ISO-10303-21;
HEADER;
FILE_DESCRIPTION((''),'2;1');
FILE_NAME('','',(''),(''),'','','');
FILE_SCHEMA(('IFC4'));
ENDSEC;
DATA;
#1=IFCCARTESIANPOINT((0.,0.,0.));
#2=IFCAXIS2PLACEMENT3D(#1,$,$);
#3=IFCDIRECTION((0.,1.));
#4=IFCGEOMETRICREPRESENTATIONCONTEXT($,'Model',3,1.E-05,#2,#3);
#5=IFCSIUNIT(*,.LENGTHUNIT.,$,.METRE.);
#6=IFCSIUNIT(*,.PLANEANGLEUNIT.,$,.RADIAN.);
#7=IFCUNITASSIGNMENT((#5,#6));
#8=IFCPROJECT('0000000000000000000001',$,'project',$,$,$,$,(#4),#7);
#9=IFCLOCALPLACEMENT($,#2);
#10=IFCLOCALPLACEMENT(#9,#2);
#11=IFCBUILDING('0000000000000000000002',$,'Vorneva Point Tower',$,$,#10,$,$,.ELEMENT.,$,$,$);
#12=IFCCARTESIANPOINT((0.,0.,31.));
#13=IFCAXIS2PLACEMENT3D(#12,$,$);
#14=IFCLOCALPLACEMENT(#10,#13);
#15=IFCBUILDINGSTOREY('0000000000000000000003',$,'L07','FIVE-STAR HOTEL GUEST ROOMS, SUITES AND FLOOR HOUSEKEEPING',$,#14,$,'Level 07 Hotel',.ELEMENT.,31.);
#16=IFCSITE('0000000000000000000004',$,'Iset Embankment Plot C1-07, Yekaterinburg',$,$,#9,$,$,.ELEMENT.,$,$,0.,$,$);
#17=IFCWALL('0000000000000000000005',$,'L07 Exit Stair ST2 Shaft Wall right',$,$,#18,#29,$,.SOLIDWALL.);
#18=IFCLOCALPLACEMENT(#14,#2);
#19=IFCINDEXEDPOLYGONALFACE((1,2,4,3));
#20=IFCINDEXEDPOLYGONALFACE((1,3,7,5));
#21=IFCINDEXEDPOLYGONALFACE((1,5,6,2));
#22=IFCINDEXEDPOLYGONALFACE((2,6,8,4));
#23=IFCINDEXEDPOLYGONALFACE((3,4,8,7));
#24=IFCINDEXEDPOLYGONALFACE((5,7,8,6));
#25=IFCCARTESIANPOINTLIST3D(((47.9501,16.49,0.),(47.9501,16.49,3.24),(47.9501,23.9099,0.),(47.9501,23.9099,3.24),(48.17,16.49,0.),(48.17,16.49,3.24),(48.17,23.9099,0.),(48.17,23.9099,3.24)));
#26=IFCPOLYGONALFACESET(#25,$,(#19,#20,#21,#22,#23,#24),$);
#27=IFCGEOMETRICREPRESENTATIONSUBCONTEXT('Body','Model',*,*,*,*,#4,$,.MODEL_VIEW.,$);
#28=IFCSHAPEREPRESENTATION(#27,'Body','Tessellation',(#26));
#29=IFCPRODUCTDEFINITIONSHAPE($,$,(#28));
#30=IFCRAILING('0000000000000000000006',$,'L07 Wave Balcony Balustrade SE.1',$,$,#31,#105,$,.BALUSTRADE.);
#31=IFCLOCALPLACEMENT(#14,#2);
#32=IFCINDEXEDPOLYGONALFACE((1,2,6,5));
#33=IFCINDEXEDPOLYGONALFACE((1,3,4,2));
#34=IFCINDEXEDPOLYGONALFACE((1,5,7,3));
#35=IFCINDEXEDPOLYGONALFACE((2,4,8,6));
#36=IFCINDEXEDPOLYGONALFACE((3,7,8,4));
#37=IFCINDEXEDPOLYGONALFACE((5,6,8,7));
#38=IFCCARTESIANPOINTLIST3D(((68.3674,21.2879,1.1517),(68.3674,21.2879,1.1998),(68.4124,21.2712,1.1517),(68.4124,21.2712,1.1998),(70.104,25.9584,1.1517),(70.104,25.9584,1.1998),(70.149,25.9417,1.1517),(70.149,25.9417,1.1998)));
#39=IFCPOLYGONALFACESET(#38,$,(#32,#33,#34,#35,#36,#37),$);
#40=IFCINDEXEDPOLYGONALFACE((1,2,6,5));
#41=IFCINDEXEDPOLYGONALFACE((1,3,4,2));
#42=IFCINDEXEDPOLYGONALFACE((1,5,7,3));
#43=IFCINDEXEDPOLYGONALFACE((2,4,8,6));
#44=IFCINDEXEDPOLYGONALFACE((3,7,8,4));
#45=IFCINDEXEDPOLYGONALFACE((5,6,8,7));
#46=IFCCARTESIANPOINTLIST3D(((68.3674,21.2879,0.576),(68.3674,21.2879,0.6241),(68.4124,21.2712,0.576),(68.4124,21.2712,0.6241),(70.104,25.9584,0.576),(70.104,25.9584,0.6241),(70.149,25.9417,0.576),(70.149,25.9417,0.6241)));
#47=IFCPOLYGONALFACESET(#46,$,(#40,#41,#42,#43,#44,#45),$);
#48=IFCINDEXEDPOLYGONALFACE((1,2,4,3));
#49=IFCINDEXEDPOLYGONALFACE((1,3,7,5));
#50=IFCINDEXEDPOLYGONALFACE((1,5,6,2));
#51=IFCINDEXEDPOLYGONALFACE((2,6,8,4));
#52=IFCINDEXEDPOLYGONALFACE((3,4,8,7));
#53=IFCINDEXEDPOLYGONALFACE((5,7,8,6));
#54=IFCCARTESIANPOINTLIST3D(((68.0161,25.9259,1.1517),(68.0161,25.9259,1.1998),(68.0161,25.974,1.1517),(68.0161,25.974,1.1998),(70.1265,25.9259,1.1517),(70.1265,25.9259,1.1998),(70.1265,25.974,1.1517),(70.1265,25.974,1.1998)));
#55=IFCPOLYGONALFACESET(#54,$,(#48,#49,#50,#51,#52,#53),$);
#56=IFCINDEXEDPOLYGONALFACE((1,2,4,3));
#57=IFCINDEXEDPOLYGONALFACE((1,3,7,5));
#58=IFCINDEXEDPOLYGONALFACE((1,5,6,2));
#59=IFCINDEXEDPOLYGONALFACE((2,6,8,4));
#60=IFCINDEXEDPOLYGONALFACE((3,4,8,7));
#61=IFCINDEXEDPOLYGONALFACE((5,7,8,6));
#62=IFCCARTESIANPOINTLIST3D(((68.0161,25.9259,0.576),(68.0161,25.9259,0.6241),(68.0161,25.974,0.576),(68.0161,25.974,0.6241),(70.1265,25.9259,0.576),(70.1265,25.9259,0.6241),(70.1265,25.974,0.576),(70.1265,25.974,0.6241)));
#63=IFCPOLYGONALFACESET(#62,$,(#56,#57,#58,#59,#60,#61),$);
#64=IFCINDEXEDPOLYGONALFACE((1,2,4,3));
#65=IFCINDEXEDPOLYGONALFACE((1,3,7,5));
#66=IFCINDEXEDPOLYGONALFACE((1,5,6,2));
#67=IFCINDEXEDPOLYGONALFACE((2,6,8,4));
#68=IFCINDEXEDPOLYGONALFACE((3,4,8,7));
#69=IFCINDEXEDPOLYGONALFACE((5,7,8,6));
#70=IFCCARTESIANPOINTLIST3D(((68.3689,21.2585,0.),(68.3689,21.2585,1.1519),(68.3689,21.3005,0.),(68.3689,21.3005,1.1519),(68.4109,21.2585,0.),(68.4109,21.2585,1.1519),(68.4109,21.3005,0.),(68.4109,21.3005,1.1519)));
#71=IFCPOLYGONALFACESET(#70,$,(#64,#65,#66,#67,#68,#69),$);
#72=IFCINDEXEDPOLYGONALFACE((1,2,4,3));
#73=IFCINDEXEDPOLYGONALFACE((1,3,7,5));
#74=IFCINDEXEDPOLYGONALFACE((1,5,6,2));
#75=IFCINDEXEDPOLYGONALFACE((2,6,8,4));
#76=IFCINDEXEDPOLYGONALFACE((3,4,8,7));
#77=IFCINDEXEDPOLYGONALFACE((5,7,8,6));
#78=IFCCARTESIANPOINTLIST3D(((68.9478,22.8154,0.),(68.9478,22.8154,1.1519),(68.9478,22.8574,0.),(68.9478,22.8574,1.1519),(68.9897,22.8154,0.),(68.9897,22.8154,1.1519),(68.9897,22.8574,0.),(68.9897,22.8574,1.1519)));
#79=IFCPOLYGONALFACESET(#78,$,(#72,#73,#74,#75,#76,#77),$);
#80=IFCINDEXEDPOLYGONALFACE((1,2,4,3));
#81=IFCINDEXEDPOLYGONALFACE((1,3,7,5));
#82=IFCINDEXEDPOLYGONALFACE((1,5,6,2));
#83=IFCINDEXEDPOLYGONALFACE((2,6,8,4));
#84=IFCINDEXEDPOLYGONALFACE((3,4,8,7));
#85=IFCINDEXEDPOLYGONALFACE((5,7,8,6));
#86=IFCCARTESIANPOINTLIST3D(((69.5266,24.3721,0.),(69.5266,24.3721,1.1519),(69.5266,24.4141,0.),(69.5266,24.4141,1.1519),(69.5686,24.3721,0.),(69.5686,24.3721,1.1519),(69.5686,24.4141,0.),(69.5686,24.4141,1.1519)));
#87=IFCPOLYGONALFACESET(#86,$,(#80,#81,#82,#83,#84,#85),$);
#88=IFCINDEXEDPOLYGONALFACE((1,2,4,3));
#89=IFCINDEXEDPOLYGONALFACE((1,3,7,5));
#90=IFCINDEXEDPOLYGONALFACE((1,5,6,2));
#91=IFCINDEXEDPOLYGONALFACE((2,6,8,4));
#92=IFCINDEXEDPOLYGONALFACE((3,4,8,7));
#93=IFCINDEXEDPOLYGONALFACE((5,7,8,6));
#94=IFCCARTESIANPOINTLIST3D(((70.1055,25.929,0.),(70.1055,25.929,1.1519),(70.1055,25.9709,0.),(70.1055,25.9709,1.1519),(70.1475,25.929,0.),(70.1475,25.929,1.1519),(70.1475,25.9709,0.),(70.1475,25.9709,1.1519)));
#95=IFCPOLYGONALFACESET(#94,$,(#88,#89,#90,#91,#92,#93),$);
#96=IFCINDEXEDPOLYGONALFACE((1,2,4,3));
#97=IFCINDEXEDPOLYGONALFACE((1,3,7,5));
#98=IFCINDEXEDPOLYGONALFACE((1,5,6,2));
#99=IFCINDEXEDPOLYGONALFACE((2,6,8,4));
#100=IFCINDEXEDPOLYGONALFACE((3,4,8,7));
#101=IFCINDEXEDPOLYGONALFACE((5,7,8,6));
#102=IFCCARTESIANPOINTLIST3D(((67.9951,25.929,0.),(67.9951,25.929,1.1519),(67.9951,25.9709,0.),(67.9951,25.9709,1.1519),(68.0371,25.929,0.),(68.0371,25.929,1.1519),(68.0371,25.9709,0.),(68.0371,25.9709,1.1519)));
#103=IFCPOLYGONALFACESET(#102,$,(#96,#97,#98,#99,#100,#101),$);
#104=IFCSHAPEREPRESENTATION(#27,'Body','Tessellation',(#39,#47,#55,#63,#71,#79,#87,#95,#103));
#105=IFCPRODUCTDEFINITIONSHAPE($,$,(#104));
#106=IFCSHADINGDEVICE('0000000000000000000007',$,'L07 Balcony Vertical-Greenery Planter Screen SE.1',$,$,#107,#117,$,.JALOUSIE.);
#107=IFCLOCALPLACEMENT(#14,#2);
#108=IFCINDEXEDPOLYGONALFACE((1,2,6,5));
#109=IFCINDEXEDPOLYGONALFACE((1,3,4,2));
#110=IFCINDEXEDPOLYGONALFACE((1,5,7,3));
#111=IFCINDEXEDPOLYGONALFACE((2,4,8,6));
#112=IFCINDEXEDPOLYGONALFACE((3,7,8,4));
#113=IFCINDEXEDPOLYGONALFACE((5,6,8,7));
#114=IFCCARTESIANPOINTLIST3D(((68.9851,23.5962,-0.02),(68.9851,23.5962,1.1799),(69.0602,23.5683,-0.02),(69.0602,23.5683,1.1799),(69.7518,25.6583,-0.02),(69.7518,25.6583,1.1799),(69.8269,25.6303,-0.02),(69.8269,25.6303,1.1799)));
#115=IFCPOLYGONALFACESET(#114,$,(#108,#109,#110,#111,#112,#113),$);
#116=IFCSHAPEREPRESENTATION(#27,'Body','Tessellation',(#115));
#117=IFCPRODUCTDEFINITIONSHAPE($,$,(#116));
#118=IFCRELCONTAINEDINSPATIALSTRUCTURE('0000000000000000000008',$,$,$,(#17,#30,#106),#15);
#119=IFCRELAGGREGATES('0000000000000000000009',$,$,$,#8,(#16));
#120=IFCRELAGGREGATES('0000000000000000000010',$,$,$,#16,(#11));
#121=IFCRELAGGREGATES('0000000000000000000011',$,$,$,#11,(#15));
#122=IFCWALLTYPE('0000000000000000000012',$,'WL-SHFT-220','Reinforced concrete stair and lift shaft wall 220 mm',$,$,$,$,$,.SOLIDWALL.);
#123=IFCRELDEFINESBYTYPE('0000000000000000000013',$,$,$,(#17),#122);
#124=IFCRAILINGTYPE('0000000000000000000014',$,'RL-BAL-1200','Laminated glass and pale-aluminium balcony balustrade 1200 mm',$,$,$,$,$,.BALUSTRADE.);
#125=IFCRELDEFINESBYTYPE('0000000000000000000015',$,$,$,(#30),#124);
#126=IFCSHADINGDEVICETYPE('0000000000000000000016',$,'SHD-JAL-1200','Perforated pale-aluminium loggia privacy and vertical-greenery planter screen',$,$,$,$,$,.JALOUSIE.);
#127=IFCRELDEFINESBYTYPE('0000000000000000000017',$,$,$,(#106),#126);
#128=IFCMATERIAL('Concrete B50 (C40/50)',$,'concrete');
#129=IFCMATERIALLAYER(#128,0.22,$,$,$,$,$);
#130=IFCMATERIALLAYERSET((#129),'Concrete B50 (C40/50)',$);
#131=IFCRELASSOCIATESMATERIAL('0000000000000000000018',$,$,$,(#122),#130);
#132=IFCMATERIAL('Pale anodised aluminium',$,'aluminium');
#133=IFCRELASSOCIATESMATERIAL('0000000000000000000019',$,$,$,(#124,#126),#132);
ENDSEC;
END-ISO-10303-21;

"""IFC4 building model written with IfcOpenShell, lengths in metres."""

from ifc_helpers import new_model, si_unit, direction, frame, frame_2d, origin, origin_2d, place, context, subcontext, project, spatial, rectangle, extrude, material, layer, layer_set, type_object, element, save


model = new_model("IFC4")

# Units and contexts
model_context = context("Model", 3, precision=1e-05, world=origin(), true_north=direction((0.0, 1.0)))
body_context = subcontext(model_context, "Body", "Model", "MODEL_VIEW")
ifc_project = project(units=[si_unit("LENGTHUNIT", "METRE"), si_unit("PLANEANGLEUNIT", "RADIAN")], contexts=[model_context])

# Site, building, storey
site_placement = place(None, origin())
site = spatial("IfcSite", under=ifc_project, at=site_placement, Name="Iset Embankment Plot C1-07, Yekaterinburg", CompositionType="ELEMENT", RefElevation=0.0)
building_placement = place(site_placement, origin())
building = spatial("IfcBuilding", under=site, at=building_placement, Name="Vorneva Point Tower", CompositionType="ELEMENT")
storey_placement = place(building_placement, frame((0.0, 0.0, 31.0)))
storey = spatial("IfcBuildingStorey", under=building, at=storey_placement, Name="L07", Description="FIVE-STAR HOTEL GUEST ROOMS, SUITES AND FLOOR HOUSEKEEPING", LongName="Level 07 Hotel", CompositionType="ELEMENT", Elevation=31.0)

# Shared definitions
ifc_material_1 = material(Name="Pale anodised aluminium", Category="aluminium")

# Wall
ifc_material_2 = material(Name="Concrete B50 (C40/50)", Category="concrete")
ifc_layer_1 = layer(ifc_material_2, 0.22)
ifc_layer_set_1 = layer_set([ifc_layer_1], Name="Concrete B50 (C40/50)")
wall_type_1 = type_object("IfcWallType", Name="WL-SHFT-220", Description="Reinforced concrete stair and lift shaft wall 220 mm", PredefinedType="SOLIDWALL", material=ifc_layer_set_1)
wall_1_placement = place(storey_placement, frame((48.0601, 23.9099, 0.0), z_axis=(0.0, 0.0, 1.0), x_axis=(0.0, -1.0, 0.0)))
element("IfcWall", 1, at=wall_1_placement, inside=storey, type_object=wall_type_1, Name="L07 Exit Stair ST2 Shaft Wall right", PredefinedType="SOLIDWALL", context=body_context, shape_type="SweptSolid", body=[
    extrude(rectangle(XDim=7.4199, YDim=0.22, at=frame_2d((3.71, 0.0))), origin(), (0.0, 0.0, 1.0), 3.24),
])

# Railing
railing_type = type_object("IfcRailingType", Name="RL-BAL-1200", Description="Laminated glass and pale-aluminium balcony balustrade 1200 mm", PredefinedType="BALUSTRADE", material=ifc_material_1)
railing_placement = place(storey_placement, frame((68.3899, 21.2795, 0.0)))
element("IfcRailing", 2, at=railing_placement, inside=storey, type_object=railing_type, Name="L07 Wave Balcony Balustrade SE.1", PredefinedType="BALUSTRADE", context=body_context, shape_type="SweptSolid", body=[
    extrude(rectangle(XDim=0.0481, YDim=0.0481, at=origin_2d()), frame((0.0, 0.0, 1.1758), z_axis=(0.348513, 0.937304, 0.0), x_axis=(-0.937304, 0.348513, 0.0)), (0.0, 0.0, 1.0), 4.9829),
    extrude(rectangle(XDim=0.0481, YDim=0.0481, at=origin_2d()), frame((0.0, 0.0, 0.6001), z_axis=(0.348513, 0.937304, 0.0), x_axis=(-0.937304, 0.348513, 0.0)), (0.0, 0.0, 1.0), 4.9829),
    extrude(rectangle(XDim=0.0481, YDim=0.0481, at=origin_2d()), frame((1.7366, 4.6704, 1.1758), z_axis=(-1.0, 0.0, 0.0), x_axis=(0.0, -1.0, 0.0)), (0.0, 0.0, 1.0), 2.1104),
    extrude(rectangle(XDim=0.0481, YDim=0.0481, at=origin_2d()), frame((1.7366, 4.6704, 0.6001), z_axis=(-1.0, 0.0, 0.0), x_axis=(0.0, -1.0, 0.0)), (0.0, 0.0, 1.0), 2.1104),
    extrude(rectangle(XDim=0.042, YDim=0.042, at=origin_2d()), origin(), (0.0, 0.0, 1.0), 1.1519),
    extrude(rectangle(XDim=0.042, YDim=0.042, at=origin_2d()), frame((0.5789, 1.5569, 0.0)), (0.0, 0.0, 1.0), 1.1519),
    extrude(rectangle(XDim=0.042, YDim=0.042, at=origin_2d()), frame((1.1577, 3.1135, 0.0)), (0.0, 0.0, 1.0), 1.1519),
    extrude(rectangle(XDim=0.042, YDim=0.042, at=origin_2d()), frame((1.7366, 4.6704, 0.0)), (0.0, 0.0, 1.0), 1.1519),
    extrude(rectangle(XDim=0.042, YDim=0.042, at=origin_2d()), frame((-0.3738, 4.6704, 0.0)), (0.0, 0.0, 1.0), 1.1519),
])

# Shading device
shading_device_type = type_object("IfcShadingDeviceType", Name="SHD-JAL-1200", Description="Perforated pale-aluminium loggia privacy and vertical-greenery planter screen", PredefinedType="JALOUSIE", material=ifc_material_1)
shading_device_placement = place(storey_placement, frame((69.406, 24.6133, -0.02), z_axis=(0.0, 0.0, 1.0), x_axis=(0.34849, 0.937312, 0.0)))
element("IfcShadingDevice", 3, at=shading_device_placement, inside=storey, type_object=shading_device_type, Name="L07 Balcony Vertical-Greenery Planter Screen SE.1", PredefinedType="JALOUSIE", context=body_context, shape_type="SweptSolid", body=[
    extrude(rectangle(XDim=2.2, YDim=0.0801, at=origin_2d()), origin(), (0.0, 0.0, 1.0), 1.2),
])

save(model, "model.ifc")
